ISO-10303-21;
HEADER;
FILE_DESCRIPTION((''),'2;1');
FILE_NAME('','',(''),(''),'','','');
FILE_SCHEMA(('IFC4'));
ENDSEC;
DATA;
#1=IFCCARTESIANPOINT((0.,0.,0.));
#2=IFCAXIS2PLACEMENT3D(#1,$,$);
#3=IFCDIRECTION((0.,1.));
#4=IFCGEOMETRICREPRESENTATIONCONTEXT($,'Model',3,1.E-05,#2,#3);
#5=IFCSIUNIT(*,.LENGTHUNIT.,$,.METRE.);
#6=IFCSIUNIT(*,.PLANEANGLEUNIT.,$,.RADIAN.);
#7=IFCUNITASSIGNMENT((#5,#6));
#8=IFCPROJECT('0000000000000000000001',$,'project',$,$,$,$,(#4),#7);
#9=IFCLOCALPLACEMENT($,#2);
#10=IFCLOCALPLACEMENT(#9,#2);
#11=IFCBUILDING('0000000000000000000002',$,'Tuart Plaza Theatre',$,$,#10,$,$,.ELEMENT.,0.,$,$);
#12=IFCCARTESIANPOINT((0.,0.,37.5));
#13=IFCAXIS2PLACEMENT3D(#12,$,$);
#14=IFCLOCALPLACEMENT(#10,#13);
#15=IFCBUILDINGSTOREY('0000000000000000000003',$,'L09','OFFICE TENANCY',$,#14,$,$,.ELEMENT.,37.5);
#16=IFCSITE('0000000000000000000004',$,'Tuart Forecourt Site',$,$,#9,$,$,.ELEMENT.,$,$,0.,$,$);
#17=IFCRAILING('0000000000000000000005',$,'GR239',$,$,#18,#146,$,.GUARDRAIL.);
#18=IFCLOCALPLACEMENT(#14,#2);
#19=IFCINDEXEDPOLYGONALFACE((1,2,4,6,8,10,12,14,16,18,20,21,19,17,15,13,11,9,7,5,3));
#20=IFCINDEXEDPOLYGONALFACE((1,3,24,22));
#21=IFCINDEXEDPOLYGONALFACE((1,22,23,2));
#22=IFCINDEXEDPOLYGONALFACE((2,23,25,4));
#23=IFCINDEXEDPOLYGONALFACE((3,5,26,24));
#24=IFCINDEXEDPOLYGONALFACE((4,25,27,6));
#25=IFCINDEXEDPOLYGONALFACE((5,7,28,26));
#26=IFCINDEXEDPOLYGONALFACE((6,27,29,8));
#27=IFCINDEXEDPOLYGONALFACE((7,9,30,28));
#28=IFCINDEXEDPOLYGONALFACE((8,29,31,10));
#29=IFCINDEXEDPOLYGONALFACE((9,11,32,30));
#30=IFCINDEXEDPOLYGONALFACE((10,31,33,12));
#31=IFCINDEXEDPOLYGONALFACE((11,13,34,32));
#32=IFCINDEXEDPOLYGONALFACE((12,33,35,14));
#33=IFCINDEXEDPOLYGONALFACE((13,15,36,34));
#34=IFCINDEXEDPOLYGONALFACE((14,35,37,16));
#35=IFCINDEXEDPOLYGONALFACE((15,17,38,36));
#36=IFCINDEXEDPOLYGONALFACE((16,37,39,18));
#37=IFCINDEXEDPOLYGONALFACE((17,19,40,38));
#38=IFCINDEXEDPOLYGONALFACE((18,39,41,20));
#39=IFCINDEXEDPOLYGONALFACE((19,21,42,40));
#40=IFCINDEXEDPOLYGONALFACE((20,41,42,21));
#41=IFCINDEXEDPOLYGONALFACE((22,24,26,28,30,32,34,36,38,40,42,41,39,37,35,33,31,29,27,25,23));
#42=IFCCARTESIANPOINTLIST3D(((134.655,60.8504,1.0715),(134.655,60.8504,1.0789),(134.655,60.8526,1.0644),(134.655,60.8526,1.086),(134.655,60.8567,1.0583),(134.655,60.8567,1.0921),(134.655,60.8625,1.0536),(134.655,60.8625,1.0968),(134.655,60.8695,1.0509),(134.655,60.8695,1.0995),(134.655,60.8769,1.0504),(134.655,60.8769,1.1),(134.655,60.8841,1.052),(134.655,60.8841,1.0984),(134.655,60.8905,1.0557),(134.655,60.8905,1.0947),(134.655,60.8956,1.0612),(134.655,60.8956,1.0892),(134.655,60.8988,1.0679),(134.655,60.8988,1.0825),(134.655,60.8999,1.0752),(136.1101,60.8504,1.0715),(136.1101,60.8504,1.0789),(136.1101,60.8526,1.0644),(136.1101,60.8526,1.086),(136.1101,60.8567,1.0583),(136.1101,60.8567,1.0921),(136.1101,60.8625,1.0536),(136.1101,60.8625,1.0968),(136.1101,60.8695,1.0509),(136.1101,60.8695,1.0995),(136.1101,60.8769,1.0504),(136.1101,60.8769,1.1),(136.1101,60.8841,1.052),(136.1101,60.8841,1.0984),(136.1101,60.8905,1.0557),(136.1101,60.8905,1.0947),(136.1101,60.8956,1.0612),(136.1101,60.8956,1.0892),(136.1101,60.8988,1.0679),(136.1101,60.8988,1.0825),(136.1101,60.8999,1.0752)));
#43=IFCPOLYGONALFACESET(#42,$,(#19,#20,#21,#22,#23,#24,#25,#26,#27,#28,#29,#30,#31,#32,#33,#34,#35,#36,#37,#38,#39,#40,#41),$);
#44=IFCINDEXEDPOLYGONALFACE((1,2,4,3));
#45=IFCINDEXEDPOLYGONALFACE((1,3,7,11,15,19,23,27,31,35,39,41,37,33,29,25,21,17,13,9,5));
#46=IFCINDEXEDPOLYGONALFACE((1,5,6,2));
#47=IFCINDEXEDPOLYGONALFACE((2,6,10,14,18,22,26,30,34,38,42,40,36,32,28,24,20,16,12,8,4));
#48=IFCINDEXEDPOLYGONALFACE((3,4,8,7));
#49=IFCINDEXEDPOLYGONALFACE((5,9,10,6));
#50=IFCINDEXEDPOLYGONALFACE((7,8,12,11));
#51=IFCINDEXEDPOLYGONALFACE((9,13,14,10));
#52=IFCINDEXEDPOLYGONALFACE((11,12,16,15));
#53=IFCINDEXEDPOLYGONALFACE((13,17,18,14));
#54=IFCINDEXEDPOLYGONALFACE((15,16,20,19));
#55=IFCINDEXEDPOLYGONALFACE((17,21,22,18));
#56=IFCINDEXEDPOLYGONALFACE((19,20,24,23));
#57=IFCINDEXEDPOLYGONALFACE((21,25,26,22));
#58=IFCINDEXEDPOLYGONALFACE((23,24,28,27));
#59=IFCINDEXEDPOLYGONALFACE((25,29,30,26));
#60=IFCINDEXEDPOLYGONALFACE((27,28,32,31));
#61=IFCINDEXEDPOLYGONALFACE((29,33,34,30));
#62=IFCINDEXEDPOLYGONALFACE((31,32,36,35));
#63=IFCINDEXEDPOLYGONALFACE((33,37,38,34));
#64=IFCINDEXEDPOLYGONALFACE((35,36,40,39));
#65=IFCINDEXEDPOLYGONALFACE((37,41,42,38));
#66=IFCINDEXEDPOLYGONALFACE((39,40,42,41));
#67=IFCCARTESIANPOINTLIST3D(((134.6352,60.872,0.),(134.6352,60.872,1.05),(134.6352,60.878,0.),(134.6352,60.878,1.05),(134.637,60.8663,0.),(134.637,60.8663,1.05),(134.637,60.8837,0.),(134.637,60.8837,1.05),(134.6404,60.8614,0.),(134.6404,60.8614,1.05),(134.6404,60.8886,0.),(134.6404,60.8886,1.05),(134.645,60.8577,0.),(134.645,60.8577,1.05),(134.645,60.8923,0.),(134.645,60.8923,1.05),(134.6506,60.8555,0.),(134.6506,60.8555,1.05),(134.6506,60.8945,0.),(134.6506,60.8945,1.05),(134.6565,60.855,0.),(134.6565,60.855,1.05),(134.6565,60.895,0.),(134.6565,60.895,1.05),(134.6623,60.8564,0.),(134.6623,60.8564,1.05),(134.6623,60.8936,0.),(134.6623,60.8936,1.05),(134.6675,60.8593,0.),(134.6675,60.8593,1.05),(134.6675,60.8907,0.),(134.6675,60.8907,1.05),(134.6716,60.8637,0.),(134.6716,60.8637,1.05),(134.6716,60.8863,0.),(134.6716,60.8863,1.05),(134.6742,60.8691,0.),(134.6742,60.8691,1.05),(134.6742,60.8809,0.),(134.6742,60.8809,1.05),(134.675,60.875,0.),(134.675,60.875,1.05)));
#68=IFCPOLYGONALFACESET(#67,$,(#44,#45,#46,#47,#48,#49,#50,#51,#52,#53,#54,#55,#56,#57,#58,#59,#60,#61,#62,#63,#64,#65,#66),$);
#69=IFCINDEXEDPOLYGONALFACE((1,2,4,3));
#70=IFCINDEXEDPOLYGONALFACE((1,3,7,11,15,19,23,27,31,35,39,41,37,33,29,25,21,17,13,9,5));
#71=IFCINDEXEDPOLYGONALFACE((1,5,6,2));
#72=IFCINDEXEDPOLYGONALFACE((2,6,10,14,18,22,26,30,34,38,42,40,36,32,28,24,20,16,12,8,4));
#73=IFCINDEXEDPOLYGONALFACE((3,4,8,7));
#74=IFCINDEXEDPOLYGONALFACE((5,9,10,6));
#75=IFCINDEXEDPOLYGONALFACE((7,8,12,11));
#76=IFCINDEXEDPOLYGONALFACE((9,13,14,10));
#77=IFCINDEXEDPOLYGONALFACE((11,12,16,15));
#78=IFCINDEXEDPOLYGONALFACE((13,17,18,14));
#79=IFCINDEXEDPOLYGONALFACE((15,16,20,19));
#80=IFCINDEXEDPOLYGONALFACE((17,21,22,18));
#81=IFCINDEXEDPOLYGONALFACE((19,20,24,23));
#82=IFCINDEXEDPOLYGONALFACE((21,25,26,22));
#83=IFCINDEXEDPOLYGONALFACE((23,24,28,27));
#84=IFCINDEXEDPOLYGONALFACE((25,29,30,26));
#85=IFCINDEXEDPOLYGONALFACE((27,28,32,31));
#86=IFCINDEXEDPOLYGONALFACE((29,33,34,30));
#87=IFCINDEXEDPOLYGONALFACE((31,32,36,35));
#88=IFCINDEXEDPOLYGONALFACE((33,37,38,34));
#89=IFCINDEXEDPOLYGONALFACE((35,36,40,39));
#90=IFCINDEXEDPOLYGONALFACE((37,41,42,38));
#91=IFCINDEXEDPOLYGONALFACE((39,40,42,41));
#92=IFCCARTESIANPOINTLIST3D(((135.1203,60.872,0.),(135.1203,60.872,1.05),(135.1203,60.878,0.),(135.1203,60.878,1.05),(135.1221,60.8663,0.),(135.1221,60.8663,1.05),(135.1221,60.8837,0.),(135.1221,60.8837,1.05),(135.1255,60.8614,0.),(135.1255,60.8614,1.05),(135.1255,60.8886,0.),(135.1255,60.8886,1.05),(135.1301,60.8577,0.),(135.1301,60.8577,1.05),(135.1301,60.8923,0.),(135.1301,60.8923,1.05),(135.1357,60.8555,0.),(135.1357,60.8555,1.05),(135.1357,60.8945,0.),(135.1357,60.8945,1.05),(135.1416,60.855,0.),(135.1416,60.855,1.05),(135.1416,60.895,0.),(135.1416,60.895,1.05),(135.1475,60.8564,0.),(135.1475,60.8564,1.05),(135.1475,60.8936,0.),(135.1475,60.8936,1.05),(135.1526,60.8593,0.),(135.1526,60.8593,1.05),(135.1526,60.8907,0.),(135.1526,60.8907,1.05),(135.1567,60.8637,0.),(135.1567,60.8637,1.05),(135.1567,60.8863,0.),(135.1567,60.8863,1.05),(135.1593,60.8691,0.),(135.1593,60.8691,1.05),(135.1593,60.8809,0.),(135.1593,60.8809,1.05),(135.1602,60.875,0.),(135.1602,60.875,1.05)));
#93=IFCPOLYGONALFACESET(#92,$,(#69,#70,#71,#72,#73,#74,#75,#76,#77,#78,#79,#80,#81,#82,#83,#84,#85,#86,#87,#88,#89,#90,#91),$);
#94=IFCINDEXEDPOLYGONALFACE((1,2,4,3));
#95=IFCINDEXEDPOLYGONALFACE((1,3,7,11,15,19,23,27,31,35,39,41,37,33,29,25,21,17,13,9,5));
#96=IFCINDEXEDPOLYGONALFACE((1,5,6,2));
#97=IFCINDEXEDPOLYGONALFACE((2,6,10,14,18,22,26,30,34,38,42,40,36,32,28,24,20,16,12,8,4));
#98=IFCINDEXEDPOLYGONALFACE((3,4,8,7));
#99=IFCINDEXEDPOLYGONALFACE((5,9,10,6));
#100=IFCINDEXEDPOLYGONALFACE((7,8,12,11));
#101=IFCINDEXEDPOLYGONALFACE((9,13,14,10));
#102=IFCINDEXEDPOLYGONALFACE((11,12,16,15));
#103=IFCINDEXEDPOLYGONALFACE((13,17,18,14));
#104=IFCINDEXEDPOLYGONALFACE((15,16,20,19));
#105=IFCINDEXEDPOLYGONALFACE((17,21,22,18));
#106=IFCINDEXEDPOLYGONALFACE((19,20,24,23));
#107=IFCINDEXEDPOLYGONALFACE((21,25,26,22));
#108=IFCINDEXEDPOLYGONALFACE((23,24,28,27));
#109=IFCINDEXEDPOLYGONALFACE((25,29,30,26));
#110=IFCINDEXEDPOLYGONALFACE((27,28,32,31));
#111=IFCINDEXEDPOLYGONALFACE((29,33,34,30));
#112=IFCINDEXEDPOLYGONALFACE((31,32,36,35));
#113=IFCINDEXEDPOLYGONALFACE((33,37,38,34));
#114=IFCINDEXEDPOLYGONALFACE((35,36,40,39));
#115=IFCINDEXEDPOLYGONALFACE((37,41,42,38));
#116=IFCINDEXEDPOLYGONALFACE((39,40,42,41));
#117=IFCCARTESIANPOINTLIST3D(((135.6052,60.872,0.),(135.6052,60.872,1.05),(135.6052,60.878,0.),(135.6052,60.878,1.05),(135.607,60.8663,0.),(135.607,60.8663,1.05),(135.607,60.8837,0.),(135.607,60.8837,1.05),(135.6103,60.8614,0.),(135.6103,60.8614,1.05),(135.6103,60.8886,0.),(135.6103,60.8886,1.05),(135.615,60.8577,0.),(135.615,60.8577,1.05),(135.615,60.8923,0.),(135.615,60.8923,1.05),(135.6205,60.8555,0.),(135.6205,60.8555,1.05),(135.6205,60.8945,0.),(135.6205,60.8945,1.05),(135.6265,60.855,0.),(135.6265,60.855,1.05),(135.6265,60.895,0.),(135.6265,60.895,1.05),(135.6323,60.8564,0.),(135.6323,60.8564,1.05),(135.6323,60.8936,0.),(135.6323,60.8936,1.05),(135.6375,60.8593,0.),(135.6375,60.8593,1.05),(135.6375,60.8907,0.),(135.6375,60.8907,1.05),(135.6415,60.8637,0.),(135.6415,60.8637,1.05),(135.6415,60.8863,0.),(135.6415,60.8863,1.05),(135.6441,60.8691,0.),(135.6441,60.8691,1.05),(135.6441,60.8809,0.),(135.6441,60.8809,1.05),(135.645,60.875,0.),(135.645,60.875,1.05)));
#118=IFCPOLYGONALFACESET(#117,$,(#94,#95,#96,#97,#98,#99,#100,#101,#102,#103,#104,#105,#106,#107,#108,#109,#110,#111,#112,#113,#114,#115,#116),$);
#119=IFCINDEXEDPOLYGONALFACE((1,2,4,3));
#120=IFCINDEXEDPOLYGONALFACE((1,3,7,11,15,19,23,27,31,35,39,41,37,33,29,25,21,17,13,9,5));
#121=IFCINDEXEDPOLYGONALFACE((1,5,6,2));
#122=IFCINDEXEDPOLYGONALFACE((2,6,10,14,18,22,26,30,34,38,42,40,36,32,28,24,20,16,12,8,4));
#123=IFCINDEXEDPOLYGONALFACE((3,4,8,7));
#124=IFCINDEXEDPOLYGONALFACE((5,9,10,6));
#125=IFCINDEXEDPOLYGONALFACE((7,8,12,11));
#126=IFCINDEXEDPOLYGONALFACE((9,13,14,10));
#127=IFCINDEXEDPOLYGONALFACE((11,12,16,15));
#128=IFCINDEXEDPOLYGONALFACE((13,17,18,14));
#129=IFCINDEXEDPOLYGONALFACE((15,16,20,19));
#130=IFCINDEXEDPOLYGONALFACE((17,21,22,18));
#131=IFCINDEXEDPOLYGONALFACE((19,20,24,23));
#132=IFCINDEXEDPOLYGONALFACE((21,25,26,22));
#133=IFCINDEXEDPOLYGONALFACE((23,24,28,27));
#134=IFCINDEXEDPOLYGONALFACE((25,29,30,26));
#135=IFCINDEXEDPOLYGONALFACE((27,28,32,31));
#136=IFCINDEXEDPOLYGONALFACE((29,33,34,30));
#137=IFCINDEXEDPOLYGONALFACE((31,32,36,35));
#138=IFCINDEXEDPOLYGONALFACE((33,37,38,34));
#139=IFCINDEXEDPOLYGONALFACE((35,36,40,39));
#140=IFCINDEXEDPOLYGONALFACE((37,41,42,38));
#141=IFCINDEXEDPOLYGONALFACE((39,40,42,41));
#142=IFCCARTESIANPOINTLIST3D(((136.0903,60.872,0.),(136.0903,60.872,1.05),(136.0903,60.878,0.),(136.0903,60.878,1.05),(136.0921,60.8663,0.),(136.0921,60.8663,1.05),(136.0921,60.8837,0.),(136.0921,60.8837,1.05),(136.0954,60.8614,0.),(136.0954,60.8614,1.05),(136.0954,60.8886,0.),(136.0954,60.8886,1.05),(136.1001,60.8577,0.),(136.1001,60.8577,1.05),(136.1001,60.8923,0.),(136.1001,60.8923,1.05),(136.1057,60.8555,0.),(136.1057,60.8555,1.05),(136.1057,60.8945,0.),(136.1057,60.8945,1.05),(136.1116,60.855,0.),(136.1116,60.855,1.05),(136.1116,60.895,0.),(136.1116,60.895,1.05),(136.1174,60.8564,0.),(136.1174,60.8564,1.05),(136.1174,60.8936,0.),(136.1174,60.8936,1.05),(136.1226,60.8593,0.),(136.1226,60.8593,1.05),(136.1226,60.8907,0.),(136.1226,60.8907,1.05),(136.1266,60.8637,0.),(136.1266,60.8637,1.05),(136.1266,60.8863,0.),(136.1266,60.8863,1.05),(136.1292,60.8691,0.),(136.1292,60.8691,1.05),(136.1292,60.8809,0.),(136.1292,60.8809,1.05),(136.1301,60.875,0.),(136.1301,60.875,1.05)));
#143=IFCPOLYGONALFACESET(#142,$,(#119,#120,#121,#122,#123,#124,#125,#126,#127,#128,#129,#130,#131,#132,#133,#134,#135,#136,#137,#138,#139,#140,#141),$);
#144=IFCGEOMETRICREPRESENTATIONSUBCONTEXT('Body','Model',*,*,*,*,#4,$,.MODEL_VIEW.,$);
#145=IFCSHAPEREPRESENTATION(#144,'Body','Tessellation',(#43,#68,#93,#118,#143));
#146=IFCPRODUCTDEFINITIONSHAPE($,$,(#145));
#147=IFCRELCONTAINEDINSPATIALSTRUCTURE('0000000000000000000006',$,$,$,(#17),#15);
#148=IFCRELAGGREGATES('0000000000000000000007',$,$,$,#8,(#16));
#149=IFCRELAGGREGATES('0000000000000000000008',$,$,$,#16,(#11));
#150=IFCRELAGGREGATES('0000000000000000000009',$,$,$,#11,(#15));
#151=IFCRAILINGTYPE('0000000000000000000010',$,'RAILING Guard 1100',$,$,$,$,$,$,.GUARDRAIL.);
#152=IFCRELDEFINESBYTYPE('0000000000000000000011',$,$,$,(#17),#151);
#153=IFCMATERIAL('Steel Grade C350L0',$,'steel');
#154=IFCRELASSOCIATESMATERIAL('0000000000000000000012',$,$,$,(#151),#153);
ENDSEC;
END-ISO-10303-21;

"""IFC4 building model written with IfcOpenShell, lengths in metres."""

from ifc_helpers import new_model, si_unit, direction, frame, origin, origin_2d, place, context, subcontext, project, spatial, circle, extrude, material, type_object, element, save


model = new_model("IFC4")

# Units and contexts
model_context = context("Model", 3, precision=1e-05, world=origin(), true_north=direction((0.0, 1.0)))
body_context = subcontext(model_context, "Body", "Model", "MODEL_VIEW")
ifc_project = project(units=[si_unit("LENGTHUNIT", "METRE"), si_unit("PLANEANGLEUNIT", "RADIAN")], contexts=[model_context])

# Site, building, storey
site_placement = place(None, origin())
site = spatial("IfcSite", under=ifc_project, at=site_placement, Name="Tuart Forecourt Site", CompositionType="ELEMENT", RefElevation=0.0)
building_placement = place(site_placement, origin())
building = spatial("IfcBuilding", under=site, at=building_placement, Name="Tuart Plaza Theatre", CompositionType="ELEMENT", ElevationOfRefHeight=0.0)
storey_placement = place(building_placement, frame((0.0, 0.0, 37.5)))
storey = spatial("IfcBuildingStorey", under=building, at=storey_placement, Name="L09", Description="OFFICE TENANCY", CompositionType="ELEMENT", Elevation=37.5)

# Railing
ifc_material_1 = material(Name="Steel Grade C350L0", Category="steel")
railing_type_1 = type_object("IfcRailingType", Name="RAILING Guard 1100", PredefinedType="GUARDRAIL", material=ifc_material_1)
railing_1_placement = place(storey_placement, frame((134.655, 60.875, 0.0)))
element("IfcRailing", 1, at=railing_1_placement, inside=storey, type_object=railing_type_1, Name="GR239", PredefinedType="GUARDRAIL", context=body_context, shape_type="SweptSolid", body=[
    extrude(circle(Radius=0.0249, at=origin_2d()), frame((0.0, 0.0, 1.0752), z_axis=(1.0, 0.0, 0.0), x_axis=(0.0, 1.0, 0.0)), (0.0, 0.0, 1.0), 1.4551),
    extrude(circle(Radius=0.02, at=origin_2d()), origin(), (0.0, 0.0, 1.0), 1.05),
    extrude(circle(Radius=0.02, at=origin_2d()), frame((0.4851, 0.0, 0.0)), (0.0, 0.0, 1.0), 1.05),
    extrude(circle(Radius=0.02, at=origin_2d()), frame((0.97, 0.0, 0.0)), (0.0, 0.0, 1.0), 1.05),
    extrude(circle(Radius=0.02, at=origin_2d()), frame((1.4551, 0.0, 0.0)), (0.0, 0.0, 1.0), 1.05),
])

save(model, "model.ifc")
